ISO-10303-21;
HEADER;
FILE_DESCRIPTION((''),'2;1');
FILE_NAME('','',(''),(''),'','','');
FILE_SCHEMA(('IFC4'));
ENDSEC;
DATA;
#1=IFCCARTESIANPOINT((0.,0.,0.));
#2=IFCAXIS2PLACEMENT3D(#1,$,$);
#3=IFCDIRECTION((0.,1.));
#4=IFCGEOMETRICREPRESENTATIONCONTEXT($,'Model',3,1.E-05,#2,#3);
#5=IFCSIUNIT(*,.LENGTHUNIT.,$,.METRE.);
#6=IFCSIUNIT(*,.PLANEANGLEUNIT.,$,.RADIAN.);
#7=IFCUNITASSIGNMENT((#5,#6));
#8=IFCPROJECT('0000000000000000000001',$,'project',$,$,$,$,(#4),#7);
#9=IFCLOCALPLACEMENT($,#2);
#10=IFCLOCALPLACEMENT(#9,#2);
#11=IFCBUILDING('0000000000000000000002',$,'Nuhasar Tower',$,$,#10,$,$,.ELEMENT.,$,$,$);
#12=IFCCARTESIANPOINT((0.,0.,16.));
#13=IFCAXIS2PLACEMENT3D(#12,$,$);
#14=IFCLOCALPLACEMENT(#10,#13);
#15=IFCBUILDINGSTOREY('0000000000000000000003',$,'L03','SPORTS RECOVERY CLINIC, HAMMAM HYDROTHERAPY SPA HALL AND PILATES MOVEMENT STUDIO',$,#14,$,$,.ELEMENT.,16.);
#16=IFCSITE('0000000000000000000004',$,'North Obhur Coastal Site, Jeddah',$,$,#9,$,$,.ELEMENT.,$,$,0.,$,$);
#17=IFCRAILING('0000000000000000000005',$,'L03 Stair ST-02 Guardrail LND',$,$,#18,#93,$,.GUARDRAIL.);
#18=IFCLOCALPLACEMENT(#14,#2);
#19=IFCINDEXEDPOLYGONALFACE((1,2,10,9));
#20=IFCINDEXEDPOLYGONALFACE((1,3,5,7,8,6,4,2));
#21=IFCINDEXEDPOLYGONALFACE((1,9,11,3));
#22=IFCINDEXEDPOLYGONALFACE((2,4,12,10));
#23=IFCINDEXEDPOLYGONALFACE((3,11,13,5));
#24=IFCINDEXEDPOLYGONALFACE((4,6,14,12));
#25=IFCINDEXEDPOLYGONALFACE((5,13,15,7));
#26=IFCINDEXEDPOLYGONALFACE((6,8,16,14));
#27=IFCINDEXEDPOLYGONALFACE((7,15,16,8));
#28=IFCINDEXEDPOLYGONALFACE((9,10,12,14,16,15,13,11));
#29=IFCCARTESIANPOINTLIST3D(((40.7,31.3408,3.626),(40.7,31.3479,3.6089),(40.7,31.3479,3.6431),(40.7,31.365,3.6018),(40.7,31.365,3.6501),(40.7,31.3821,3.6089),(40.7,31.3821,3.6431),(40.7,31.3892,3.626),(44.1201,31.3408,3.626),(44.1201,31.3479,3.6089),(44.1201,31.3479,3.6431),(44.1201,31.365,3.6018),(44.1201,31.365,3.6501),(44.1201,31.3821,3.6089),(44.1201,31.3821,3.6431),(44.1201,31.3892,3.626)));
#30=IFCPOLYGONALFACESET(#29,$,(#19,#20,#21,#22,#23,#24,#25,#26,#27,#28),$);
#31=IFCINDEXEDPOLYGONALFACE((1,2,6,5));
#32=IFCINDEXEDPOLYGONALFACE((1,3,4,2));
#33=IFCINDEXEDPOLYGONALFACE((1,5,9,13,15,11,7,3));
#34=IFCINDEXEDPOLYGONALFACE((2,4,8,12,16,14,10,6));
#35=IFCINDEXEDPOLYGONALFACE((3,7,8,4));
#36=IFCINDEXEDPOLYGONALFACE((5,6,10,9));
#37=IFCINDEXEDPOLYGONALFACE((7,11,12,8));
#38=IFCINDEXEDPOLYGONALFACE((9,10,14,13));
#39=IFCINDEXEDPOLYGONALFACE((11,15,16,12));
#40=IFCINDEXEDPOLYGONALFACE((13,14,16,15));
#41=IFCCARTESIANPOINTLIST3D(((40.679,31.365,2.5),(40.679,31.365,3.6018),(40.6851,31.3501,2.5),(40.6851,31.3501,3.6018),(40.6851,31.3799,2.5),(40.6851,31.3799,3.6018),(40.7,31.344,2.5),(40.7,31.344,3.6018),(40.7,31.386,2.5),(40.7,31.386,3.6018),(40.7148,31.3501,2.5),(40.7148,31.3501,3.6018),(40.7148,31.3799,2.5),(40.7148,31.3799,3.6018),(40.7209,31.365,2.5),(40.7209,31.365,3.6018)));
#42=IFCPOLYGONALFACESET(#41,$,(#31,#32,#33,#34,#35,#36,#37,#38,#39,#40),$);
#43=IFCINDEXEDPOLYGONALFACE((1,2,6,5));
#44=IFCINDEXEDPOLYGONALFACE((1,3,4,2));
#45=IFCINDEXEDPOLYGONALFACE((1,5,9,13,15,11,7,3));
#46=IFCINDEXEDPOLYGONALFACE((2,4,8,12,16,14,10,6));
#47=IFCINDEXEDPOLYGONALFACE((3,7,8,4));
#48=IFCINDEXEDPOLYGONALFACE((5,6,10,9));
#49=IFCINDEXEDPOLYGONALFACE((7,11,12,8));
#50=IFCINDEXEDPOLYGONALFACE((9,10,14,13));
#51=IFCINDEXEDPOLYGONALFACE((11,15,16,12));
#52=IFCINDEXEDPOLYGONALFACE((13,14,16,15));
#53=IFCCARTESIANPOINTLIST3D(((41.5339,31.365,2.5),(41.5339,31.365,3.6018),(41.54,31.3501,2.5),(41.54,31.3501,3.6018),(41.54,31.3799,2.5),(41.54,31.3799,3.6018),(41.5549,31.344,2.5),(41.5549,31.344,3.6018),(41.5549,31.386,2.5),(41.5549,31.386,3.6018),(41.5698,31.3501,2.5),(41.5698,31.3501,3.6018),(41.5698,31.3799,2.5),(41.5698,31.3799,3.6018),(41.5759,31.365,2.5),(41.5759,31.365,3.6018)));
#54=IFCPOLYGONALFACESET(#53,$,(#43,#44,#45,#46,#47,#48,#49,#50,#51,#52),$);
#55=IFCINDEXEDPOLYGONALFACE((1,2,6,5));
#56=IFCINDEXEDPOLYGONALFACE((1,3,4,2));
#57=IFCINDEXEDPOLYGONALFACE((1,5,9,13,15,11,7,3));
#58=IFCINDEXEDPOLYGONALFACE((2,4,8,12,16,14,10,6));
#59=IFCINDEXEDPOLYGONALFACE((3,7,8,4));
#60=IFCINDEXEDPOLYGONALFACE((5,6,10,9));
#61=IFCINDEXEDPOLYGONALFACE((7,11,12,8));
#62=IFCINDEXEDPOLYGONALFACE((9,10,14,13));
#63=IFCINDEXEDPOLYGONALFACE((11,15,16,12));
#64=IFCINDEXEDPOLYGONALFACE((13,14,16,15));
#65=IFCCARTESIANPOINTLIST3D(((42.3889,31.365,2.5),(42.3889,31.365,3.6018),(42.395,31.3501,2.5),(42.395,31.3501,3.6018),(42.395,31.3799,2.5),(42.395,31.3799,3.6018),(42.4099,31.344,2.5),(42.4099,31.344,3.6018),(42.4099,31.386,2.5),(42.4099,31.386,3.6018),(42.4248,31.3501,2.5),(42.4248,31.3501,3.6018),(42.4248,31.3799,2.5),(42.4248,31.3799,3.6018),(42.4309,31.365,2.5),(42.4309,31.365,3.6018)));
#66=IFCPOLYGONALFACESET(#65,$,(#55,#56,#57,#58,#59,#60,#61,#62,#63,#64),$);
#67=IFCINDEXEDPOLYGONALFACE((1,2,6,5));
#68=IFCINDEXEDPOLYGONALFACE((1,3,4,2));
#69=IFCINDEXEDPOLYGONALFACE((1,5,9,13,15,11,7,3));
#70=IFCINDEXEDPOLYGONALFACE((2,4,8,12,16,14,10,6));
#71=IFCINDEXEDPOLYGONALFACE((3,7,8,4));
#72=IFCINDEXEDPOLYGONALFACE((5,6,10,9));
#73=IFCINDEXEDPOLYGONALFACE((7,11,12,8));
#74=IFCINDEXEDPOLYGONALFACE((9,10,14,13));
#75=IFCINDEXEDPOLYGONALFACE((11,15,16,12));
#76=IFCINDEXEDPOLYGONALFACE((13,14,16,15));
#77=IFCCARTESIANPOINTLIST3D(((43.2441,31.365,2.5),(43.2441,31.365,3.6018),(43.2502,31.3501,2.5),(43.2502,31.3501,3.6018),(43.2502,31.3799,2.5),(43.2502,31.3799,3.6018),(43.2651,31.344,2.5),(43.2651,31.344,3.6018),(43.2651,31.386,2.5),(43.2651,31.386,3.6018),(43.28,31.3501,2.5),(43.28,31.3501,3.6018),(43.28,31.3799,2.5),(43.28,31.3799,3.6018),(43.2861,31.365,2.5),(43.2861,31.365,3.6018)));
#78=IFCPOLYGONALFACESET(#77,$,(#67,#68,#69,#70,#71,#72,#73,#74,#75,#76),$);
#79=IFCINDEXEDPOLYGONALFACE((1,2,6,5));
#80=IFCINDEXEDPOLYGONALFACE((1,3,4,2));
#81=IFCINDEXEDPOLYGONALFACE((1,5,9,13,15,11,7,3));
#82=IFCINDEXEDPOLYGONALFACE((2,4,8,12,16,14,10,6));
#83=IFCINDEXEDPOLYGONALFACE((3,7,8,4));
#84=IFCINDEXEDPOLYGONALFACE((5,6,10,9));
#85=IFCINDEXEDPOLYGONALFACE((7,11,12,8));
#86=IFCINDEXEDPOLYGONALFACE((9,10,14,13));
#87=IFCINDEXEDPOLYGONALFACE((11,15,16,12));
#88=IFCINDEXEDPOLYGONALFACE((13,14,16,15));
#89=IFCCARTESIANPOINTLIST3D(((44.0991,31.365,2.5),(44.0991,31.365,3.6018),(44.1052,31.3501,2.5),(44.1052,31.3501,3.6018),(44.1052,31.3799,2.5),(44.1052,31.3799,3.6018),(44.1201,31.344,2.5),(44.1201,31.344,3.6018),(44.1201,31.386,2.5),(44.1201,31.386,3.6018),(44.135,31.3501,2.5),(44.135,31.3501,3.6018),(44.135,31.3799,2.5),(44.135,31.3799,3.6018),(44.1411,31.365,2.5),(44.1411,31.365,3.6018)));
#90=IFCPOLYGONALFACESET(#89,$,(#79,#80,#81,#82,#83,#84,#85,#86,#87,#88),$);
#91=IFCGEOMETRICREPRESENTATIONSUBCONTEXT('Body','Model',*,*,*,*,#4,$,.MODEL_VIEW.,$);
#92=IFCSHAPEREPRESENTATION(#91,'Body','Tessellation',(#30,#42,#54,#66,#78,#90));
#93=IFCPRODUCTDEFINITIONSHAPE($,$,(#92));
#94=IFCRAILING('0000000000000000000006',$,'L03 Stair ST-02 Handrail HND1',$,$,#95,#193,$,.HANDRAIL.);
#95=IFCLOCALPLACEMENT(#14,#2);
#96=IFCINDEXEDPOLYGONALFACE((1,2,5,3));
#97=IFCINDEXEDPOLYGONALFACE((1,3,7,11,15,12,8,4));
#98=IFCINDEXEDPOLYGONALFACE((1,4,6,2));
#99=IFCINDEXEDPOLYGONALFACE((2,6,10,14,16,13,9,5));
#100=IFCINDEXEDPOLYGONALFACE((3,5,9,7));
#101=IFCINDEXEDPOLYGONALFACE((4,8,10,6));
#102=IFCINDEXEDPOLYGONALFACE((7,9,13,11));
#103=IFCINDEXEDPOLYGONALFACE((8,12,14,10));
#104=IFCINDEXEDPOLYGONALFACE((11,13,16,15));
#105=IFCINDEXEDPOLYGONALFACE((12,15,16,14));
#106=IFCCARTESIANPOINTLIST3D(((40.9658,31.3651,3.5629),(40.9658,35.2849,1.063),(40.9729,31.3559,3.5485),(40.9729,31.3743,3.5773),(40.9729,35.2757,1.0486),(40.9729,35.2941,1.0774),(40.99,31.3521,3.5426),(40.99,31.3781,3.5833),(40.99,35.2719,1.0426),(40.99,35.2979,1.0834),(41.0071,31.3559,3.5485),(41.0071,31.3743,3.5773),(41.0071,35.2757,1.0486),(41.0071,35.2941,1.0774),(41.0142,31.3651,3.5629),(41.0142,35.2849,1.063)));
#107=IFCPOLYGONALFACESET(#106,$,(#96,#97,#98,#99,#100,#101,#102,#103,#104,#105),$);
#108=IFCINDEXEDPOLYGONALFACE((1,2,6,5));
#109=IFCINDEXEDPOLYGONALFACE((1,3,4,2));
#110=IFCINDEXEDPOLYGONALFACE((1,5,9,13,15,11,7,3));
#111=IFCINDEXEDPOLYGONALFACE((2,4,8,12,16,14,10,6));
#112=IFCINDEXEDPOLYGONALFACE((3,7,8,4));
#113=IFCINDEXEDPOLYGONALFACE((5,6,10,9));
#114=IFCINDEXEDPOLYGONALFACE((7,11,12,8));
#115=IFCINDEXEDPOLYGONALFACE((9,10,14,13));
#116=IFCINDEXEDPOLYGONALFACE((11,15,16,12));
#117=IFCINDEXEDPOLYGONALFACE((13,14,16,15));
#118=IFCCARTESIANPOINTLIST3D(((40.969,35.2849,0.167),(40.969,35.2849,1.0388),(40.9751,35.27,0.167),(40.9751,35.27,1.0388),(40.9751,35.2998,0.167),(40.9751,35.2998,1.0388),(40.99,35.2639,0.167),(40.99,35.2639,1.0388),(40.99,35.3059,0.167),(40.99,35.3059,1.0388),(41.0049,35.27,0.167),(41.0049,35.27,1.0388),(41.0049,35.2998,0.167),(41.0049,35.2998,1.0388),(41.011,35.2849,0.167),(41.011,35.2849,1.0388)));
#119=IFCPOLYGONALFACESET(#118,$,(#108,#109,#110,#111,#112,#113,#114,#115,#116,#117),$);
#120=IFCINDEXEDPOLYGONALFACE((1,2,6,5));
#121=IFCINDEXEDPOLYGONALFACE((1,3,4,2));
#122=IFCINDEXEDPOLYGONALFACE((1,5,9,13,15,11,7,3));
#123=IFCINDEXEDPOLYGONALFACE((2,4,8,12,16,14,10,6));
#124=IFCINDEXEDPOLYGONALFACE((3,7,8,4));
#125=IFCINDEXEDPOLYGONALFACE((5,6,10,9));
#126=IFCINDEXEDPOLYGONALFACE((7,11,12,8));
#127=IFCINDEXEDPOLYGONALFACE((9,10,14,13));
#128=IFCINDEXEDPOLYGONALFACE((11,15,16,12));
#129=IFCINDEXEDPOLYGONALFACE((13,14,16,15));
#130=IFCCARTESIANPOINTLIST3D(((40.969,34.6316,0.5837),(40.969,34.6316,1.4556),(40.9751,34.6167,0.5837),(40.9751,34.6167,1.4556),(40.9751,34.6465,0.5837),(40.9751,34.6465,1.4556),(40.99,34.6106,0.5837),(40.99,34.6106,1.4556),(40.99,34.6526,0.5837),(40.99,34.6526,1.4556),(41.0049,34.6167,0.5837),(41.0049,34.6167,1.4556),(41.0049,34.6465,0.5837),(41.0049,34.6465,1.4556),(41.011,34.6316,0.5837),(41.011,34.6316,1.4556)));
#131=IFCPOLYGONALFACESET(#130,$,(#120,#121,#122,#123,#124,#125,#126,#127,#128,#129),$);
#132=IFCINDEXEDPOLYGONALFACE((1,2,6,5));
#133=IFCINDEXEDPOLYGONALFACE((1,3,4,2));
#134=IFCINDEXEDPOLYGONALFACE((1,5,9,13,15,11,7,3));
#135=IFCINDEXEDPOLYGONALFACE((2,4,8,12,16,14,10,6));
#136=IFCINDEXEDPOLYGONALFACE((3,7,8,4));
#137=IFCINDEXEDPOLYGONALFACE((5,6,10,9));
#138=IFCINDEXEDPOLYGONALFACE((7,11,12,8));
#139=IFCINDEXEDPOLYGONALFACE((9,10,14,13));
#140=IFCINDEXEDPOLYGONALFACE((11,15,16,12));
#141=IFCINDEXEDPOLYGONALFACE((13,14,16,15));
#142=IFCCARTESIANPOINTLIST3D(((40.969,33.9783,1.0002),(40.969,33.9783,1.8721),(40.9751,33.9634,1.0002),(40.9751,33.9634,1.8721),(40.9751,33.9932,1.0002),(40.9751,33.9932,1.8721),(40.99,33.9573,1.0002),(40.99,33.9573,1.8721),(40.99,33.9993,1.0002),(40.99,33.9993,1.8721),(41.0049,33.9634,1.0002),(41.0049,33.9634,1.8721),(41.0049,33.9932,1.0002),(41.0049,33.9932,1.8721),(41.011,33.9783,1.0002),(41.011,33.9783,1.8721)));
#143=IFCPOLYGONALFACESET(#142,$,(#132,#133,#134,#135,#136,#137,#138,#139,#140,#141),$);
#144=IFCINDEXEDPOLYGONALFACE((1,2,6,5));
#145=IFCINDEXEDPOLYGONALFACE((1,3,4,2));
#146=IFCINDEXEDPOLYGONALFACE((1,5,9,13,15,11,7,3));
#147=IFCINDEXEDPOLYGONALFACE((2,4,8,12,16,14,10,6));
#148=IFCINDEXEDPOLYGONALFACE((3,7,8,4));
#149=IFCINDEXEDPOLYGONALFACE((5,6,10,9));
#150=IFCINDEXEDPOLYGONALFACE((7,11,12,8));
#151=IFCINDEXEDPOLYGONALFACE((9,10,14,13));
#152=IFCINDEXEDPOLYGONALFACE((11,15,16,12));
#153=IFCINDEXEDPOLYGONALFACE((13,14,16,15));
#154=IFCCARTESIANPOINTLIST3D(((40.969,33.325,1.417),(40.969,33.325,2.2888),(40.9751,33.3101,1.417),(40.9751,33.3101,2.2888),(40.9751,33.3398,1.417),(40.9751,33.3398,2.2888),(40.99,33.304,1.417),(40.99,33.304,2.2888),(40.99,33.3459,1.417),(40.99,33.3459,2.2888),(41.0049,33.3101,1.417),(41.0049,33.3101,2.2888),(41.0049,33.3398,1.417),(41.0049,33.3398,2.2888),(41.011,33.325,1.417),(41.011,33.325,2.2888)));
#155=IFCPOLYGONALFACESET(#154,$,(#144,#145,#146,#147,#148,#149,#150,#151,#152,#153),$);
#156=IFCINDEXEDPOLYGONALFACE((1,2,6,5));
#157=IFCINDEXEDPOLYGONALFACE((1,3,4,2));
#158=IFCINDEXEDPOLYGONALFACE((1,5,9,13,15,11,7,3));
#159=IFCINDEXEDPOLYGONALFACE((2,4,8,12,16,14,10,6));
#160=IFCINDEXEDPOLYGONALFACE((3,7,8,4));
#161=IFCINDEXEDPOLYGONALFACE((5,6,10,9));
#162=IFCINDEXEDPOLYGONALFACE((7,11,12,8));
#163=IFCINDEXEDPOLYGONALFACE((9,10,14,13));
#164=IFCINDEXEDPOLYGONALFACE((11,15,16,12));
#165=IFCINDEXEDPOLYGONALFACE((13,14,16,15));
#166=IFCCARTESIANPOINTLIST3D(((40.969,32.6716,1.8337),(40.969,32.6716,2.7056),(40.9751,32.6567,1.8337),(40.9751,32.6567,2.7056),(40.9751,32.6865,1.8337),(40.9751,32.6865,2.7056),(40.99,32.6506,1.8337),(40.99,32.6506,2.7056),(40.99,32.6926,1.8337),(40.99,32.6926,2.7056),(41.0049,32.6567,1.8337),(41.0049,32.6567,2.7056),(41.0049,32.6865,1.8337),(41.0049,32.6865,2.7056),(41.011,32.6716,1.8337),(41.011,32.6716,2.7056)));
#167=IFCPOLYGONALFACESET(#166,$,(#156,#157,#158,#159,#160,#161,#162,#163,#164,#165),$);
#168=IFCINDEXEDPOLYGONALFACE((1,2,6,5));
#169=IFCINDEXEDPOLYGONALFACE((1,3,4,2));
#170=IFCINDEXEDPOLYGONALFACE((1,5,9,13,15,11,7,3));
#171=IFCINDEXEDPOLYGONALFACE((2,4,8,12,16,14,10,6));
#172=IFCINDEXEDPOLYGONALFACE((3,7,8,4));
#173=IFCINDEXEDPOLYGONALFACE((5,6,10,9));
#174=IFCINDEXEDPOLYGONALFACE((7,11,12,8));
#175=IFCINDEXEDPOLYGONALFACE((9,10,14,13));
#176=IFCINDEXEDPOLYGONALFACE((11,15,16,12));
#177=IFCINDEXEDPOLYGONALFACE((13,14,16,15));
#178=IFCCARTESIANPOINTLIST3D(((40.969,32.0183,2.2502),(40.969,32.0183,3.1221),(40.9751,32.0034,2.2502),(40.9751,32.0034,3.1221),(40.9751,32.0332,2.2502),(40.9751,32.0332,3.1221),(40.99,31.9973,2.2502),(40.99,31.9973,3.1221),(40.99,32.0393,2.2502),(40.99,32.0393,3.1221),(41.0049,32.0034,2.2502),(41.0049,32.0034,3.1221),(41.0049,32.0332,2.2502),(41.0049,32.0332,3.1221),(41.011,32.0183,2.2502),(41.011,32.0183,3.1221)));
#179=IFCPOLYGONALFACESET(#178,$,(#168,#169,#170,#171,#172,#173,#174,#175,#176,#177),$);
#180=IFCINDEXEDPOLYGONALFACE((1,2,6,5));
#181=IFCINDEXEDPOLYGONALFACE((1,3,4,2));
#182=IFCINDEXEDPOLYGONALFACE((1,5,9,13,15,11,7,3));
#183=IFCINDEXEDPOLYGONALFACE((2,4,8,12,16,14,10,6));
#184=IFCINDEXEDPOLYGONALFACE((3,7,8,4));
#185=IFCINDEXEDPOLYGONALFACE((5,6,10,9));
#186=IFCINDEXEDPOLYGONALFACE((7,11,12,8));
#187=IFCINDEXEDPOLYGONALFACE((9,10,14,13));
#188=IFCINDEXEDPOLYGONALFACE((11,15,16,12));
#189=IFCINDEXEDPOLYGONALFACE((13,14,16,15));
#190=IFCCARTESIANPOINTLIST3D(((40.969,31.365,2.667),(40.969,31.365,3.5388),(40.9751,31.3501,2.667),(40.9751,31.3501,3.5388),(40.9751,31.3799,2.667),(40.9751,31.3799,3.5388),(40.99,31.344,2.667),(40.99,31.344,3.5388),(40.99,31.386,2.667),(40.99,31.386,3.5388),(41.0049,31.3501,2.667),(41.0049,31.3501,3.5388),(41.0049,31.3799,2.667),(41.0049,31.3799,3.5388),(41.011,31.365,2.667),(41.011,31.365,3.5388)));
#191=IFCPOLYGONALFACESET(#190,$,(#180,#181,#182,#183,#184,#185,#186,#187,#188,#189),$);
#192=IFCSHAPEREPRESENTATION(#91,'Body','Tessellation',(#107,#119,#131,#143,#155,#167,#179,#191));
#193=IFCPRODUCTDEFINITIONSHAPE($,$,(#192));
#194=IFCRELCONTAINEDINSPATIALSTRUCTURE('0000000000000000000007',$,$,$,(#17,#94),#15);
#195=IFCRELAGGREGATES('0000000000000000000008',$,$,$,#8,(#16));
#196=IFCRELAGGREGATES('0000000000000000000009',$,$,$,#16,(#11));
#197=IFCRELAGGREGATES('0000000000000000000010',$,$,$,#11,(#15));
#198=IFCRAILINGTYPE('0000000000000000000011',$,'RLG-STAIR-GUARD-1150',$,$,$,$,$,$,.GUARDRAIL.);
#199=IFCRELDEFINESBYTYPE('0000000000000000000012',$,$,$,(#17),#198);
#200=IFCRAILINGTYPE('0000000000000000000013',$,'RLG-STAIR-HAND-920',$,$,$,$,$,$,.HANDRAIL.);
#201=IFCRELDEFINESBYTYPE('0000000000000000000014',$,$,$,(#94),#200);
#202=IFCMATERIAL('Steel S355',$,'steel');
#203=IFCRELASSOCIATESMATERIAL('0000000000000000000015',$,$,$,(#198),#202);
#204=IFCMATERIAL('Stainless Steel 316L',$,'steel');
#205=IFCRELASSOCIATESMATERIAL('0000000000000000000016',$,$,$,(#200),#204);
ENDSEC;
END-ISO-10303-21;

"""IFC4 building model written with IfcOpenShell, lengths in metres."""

from ifc_helpers import new_model, si_unit, direction, frame, origin, place, context, subcontext, project, spatial, polyline, outline, extrude, material, type_object, element, save


model = new_model("IFC4")

# Units and contexts
model_context = context("Model", 3, precision=1e-05, world=origin(), true_north=direction((0.0, 1.0)))
body_context = subcontext(model_context, "Body", "Model", "MODEL_VIEW")
ifc_project = project(units=[si_unit("LENGTHUNIT", "METRE"), si_unit("PLANEANGLEUNIT", "RADIAN")], contexts=[model_context])

# Site, building, storey
site_placement = place(None, origin())
site = spatial("IfcSite", under=ifc_project, at=site_placement, Name="North Obhur Coastal Site, Jeddah", CompositionType="ELEMENT", RefElevation=0.0)
building_placement = place(site_placement, origin())
building = spatial("IfcBuilding", under=site, at=building_placement, Name="Nuhasar Tower", CompositionType="ELEMENT")
storey_placement = place(building_placement, frame((0.0, 0.0, 16.0)))
storey = spatial("IfcBuildingStorey", under=building, at=storey_placement, Name="L03", Description="SPORTS RECOVERY CLINIC, HAMMAM HYDROTHERAPY SPA HALL AND PILATES MOVEMENT STUDIO", CompositionType="ELEMENT", Elevation=16.0)

# Shared definitions
ifc_material_1 = material(Name="Steel S355", Category="steel")

# Railings
railing_type_1 = type_object("IfcRailingType", Name="RLG-STAIR-GUARD-1150", PredefinedType="GUARDRAIL", material=ifc_material_1)
railing_1_placement = place(storey_placement, frame((40.7, 31.365, 2.5)))
element("IfcRailing", 1, at=railing_1_placement, inside=storey, type_object=railing_type_1, Name="L03 Stair ST-02 Guardrail LND", PredefinedType="GUARDRAIL", context=body_context, shape_type="SweptSolid", body=[
    extrude(outline(polyline([(0.0242, 0.0), (0.0171, 0.0171), (0.0, 0.0242), (-0.0171, 0.0171), (-0.0242, 0.0), (-0.0171, -0.0171), (0.0, -0.0242), (0.0171, -0.0171), (0.0242, 0.0)])), frame((0.0, 0.0, 1.126), z_axis=(1.0, 0.0, 0.0), x_axis=(0.0, 1.0, 0.0)), (0.0, 0.0, 1.0), 3.4202),
    extrude(outline(polyline([(0.021, 0.0), (0.0149, 0.0149), (0.0, 0.021), (-0.0149, 0.0149), (-0.021, 0.0), (-0.0149, -0.0149), (0.0, -0.021), (0.0149, -0.0149), (0.021, 0.0)])), origin(), (0.0, 0.0, 1.0), 1.1018),
    extrude(outline(polyline([(0.021, 0.0), (0.0149, 0.0149), (0.0, 0.021), (-0.0149, 0.0149), (-0.021, 0.0), (-0.0149, -0.0149), (0.0, -0.021), (0.0149, -0.0149), (0.021, 0.0)])), frame((0.855, 0.0, 0.0)), (0.0, 0.0, 1.0), 1.1018),
    extrude(outline(polyline([(0.021, 0.0), (0.0149, 0.0149), (0.0, 0.021), (-0.0149, 0.0149), (-0.021, 0.0), (-0.0149, -0.0149), (0.0, -0.021), (0.0149, -0.0149), (0.021, 0.0)])), frame((1.71, 0.0, 0.0)), (0.0, 0.0, 1.0), 1.1018),
    extrude(outline(polyline([(0.021, 0.0), (0.0149, 0.0149), (0.0, 0.021), (-0.0149, 0.0149), (-0.021, 0.0), (-0.0149, -0.0149), (0.0, -0.021), (0.0149, -0.0149), (0.021, 0.0)])), frame((2.5652, 0.0, 0.0)), (0.0, 0.0, 1.0), 1.1018),
    extrude(outline(polyline([(0.021, 0.0), (0.0149, 0.0149), (0.0, 0.021), (-0.0149, 0.0149), (-0.021, 0.0), (-0.0149, -0.0149), (0.0, -0.021), (0.0149, -0.0149), (0.021, 0.0)])), frame((3.4202, 0.0, 0.0)), (0.0, 0.0, 1.0), 1.1018),
])
ifc_material_2 = material(Name="Stainless Steel 316L", Category="steel")
railing_type_2 = type_object("IfcRailingType", Name="RLG-STAIR-HAND-920", PredefinedType="HANDRAIL", material=ifc_material_2)
railing_2_placement = place(storey_placement, frame((40.99, 35.2849, 0.167)))
element("IfcRailing", 2, at=railing_2_placement, inside=storey, type_object=railing_type_2, Name="L03 Stair ST-02 Handrail HND1", PredefinedType="HANDRAIL", context=body_context, shape_type="SweptSolid", body=[
    extrude(outline(polyline([(0.0242, 0.0), (0.0171, 0.0171), (0.0, 0.0242), (-0.0171, 0.0171), (-0.0242, 0.0), (-0.0171, -0.0171), (0.0, -0.0242), (0.0171, -0.0171), (0.0242, 0.0)])), frame((0.0, 0.0, 0.896), z_axis=(0.0, -0.843125, 0.537718), x_axis=(1.0, 0.0, 0.0)), (0.0, 0.0, 1.0), 4.6492),
    extrude(outline(polyline([(0.021, 0.0), (0.0149, 0.0149), (0.0, 0.021), (-0.0149, 0.0149), (-0.021, 0.0), (-0.0149, -0.0149), (0.0, -0.021), (0.0149, -0.0149), (0.021, 0.0)])), origin(), (0.0, 0.0, 1.0), 0.8718),
    extrude(outline(polyline([(0.021, 0.0), (0.0149, 0.0149), (0.0, 0.021), (-0.0149, 0.0149), (-0.021, 0.0), (-0.0149, -0.0149), (0.0, -0.021), (0.0149, -0.0149), (0.021, 0.0)])), frame((0.0, -0.6533, 0.4167)), (0.0, 0.0, 1.0), 0.8718),
    extrude(outline(polyline([(0.021, 0.0), (0.0149, 0.0149), (0.0, 0.021), (-0.0149, 0.0149), (-0.021, 0.0), (-0.0149, -0.0149), (0.0, -0.021), (0.0149, -0.0149), (0.021, 0.0)])), frame((0.0, -1.3066, 0.8333)), (0.0, 0.0, 1.0), 0.8718),
    extrude(outline(polyline([(0.021, 0.0), (0.0149, 0.0149), (0.0, 0.021), (-0.0149, 0.0149), (-0.021, 0.0), (-0.0149, -0.0149), (0.0, -0.021), (0.0149, -0.0149), (0.021, 0.0)])), frame((0.0, -1.96, 1.25)), (0.0, 0.0, 1.0), 0.8718),
    extrude(outline(polyline([(0.021, 0.0), (0.0149, 0.0149), (0.0, 0.021), (-0.0149, 0.0149), (-0.021, 0.0), (-0.0149, -0.0149), (0.0, -0.021), (0.0149, -0.0149), (0.021, 0.0)])), frame((0.0, -2.6133, 1.6667)), (0.0, 0.0, 1.0), 0.8718),
    extrude(outline(polyline([(0.021, 0.0), (0.0149, 0.0149), (0.0, 0.021), (-0.0149, 0.0149), (-0.021, 0.0), (-0.0149, -0.0149), (0.0, -0.021), (0.0149, -0.0149), (0.021, 0.0)])), frame((0.0, -3.2666, 2.0833)), (0.0, 0.0, 1.0), 0.8718),
    extrude(outline(polyline([(0.021, 0.0), (0.0149, 0.0149), (0.0, 0.021), (-0.0149, 0.0149), (-0.021, 0.0), (-0.0149, -0.0149), (0.0, -0.021), (0.0149, -0.0149), (0.021, 0.0)])), frame((0.0, -3.9199, 2.5)), (0.0, 0.0, 1.0), 0.8718),
])

save(model, "model.ifc")
